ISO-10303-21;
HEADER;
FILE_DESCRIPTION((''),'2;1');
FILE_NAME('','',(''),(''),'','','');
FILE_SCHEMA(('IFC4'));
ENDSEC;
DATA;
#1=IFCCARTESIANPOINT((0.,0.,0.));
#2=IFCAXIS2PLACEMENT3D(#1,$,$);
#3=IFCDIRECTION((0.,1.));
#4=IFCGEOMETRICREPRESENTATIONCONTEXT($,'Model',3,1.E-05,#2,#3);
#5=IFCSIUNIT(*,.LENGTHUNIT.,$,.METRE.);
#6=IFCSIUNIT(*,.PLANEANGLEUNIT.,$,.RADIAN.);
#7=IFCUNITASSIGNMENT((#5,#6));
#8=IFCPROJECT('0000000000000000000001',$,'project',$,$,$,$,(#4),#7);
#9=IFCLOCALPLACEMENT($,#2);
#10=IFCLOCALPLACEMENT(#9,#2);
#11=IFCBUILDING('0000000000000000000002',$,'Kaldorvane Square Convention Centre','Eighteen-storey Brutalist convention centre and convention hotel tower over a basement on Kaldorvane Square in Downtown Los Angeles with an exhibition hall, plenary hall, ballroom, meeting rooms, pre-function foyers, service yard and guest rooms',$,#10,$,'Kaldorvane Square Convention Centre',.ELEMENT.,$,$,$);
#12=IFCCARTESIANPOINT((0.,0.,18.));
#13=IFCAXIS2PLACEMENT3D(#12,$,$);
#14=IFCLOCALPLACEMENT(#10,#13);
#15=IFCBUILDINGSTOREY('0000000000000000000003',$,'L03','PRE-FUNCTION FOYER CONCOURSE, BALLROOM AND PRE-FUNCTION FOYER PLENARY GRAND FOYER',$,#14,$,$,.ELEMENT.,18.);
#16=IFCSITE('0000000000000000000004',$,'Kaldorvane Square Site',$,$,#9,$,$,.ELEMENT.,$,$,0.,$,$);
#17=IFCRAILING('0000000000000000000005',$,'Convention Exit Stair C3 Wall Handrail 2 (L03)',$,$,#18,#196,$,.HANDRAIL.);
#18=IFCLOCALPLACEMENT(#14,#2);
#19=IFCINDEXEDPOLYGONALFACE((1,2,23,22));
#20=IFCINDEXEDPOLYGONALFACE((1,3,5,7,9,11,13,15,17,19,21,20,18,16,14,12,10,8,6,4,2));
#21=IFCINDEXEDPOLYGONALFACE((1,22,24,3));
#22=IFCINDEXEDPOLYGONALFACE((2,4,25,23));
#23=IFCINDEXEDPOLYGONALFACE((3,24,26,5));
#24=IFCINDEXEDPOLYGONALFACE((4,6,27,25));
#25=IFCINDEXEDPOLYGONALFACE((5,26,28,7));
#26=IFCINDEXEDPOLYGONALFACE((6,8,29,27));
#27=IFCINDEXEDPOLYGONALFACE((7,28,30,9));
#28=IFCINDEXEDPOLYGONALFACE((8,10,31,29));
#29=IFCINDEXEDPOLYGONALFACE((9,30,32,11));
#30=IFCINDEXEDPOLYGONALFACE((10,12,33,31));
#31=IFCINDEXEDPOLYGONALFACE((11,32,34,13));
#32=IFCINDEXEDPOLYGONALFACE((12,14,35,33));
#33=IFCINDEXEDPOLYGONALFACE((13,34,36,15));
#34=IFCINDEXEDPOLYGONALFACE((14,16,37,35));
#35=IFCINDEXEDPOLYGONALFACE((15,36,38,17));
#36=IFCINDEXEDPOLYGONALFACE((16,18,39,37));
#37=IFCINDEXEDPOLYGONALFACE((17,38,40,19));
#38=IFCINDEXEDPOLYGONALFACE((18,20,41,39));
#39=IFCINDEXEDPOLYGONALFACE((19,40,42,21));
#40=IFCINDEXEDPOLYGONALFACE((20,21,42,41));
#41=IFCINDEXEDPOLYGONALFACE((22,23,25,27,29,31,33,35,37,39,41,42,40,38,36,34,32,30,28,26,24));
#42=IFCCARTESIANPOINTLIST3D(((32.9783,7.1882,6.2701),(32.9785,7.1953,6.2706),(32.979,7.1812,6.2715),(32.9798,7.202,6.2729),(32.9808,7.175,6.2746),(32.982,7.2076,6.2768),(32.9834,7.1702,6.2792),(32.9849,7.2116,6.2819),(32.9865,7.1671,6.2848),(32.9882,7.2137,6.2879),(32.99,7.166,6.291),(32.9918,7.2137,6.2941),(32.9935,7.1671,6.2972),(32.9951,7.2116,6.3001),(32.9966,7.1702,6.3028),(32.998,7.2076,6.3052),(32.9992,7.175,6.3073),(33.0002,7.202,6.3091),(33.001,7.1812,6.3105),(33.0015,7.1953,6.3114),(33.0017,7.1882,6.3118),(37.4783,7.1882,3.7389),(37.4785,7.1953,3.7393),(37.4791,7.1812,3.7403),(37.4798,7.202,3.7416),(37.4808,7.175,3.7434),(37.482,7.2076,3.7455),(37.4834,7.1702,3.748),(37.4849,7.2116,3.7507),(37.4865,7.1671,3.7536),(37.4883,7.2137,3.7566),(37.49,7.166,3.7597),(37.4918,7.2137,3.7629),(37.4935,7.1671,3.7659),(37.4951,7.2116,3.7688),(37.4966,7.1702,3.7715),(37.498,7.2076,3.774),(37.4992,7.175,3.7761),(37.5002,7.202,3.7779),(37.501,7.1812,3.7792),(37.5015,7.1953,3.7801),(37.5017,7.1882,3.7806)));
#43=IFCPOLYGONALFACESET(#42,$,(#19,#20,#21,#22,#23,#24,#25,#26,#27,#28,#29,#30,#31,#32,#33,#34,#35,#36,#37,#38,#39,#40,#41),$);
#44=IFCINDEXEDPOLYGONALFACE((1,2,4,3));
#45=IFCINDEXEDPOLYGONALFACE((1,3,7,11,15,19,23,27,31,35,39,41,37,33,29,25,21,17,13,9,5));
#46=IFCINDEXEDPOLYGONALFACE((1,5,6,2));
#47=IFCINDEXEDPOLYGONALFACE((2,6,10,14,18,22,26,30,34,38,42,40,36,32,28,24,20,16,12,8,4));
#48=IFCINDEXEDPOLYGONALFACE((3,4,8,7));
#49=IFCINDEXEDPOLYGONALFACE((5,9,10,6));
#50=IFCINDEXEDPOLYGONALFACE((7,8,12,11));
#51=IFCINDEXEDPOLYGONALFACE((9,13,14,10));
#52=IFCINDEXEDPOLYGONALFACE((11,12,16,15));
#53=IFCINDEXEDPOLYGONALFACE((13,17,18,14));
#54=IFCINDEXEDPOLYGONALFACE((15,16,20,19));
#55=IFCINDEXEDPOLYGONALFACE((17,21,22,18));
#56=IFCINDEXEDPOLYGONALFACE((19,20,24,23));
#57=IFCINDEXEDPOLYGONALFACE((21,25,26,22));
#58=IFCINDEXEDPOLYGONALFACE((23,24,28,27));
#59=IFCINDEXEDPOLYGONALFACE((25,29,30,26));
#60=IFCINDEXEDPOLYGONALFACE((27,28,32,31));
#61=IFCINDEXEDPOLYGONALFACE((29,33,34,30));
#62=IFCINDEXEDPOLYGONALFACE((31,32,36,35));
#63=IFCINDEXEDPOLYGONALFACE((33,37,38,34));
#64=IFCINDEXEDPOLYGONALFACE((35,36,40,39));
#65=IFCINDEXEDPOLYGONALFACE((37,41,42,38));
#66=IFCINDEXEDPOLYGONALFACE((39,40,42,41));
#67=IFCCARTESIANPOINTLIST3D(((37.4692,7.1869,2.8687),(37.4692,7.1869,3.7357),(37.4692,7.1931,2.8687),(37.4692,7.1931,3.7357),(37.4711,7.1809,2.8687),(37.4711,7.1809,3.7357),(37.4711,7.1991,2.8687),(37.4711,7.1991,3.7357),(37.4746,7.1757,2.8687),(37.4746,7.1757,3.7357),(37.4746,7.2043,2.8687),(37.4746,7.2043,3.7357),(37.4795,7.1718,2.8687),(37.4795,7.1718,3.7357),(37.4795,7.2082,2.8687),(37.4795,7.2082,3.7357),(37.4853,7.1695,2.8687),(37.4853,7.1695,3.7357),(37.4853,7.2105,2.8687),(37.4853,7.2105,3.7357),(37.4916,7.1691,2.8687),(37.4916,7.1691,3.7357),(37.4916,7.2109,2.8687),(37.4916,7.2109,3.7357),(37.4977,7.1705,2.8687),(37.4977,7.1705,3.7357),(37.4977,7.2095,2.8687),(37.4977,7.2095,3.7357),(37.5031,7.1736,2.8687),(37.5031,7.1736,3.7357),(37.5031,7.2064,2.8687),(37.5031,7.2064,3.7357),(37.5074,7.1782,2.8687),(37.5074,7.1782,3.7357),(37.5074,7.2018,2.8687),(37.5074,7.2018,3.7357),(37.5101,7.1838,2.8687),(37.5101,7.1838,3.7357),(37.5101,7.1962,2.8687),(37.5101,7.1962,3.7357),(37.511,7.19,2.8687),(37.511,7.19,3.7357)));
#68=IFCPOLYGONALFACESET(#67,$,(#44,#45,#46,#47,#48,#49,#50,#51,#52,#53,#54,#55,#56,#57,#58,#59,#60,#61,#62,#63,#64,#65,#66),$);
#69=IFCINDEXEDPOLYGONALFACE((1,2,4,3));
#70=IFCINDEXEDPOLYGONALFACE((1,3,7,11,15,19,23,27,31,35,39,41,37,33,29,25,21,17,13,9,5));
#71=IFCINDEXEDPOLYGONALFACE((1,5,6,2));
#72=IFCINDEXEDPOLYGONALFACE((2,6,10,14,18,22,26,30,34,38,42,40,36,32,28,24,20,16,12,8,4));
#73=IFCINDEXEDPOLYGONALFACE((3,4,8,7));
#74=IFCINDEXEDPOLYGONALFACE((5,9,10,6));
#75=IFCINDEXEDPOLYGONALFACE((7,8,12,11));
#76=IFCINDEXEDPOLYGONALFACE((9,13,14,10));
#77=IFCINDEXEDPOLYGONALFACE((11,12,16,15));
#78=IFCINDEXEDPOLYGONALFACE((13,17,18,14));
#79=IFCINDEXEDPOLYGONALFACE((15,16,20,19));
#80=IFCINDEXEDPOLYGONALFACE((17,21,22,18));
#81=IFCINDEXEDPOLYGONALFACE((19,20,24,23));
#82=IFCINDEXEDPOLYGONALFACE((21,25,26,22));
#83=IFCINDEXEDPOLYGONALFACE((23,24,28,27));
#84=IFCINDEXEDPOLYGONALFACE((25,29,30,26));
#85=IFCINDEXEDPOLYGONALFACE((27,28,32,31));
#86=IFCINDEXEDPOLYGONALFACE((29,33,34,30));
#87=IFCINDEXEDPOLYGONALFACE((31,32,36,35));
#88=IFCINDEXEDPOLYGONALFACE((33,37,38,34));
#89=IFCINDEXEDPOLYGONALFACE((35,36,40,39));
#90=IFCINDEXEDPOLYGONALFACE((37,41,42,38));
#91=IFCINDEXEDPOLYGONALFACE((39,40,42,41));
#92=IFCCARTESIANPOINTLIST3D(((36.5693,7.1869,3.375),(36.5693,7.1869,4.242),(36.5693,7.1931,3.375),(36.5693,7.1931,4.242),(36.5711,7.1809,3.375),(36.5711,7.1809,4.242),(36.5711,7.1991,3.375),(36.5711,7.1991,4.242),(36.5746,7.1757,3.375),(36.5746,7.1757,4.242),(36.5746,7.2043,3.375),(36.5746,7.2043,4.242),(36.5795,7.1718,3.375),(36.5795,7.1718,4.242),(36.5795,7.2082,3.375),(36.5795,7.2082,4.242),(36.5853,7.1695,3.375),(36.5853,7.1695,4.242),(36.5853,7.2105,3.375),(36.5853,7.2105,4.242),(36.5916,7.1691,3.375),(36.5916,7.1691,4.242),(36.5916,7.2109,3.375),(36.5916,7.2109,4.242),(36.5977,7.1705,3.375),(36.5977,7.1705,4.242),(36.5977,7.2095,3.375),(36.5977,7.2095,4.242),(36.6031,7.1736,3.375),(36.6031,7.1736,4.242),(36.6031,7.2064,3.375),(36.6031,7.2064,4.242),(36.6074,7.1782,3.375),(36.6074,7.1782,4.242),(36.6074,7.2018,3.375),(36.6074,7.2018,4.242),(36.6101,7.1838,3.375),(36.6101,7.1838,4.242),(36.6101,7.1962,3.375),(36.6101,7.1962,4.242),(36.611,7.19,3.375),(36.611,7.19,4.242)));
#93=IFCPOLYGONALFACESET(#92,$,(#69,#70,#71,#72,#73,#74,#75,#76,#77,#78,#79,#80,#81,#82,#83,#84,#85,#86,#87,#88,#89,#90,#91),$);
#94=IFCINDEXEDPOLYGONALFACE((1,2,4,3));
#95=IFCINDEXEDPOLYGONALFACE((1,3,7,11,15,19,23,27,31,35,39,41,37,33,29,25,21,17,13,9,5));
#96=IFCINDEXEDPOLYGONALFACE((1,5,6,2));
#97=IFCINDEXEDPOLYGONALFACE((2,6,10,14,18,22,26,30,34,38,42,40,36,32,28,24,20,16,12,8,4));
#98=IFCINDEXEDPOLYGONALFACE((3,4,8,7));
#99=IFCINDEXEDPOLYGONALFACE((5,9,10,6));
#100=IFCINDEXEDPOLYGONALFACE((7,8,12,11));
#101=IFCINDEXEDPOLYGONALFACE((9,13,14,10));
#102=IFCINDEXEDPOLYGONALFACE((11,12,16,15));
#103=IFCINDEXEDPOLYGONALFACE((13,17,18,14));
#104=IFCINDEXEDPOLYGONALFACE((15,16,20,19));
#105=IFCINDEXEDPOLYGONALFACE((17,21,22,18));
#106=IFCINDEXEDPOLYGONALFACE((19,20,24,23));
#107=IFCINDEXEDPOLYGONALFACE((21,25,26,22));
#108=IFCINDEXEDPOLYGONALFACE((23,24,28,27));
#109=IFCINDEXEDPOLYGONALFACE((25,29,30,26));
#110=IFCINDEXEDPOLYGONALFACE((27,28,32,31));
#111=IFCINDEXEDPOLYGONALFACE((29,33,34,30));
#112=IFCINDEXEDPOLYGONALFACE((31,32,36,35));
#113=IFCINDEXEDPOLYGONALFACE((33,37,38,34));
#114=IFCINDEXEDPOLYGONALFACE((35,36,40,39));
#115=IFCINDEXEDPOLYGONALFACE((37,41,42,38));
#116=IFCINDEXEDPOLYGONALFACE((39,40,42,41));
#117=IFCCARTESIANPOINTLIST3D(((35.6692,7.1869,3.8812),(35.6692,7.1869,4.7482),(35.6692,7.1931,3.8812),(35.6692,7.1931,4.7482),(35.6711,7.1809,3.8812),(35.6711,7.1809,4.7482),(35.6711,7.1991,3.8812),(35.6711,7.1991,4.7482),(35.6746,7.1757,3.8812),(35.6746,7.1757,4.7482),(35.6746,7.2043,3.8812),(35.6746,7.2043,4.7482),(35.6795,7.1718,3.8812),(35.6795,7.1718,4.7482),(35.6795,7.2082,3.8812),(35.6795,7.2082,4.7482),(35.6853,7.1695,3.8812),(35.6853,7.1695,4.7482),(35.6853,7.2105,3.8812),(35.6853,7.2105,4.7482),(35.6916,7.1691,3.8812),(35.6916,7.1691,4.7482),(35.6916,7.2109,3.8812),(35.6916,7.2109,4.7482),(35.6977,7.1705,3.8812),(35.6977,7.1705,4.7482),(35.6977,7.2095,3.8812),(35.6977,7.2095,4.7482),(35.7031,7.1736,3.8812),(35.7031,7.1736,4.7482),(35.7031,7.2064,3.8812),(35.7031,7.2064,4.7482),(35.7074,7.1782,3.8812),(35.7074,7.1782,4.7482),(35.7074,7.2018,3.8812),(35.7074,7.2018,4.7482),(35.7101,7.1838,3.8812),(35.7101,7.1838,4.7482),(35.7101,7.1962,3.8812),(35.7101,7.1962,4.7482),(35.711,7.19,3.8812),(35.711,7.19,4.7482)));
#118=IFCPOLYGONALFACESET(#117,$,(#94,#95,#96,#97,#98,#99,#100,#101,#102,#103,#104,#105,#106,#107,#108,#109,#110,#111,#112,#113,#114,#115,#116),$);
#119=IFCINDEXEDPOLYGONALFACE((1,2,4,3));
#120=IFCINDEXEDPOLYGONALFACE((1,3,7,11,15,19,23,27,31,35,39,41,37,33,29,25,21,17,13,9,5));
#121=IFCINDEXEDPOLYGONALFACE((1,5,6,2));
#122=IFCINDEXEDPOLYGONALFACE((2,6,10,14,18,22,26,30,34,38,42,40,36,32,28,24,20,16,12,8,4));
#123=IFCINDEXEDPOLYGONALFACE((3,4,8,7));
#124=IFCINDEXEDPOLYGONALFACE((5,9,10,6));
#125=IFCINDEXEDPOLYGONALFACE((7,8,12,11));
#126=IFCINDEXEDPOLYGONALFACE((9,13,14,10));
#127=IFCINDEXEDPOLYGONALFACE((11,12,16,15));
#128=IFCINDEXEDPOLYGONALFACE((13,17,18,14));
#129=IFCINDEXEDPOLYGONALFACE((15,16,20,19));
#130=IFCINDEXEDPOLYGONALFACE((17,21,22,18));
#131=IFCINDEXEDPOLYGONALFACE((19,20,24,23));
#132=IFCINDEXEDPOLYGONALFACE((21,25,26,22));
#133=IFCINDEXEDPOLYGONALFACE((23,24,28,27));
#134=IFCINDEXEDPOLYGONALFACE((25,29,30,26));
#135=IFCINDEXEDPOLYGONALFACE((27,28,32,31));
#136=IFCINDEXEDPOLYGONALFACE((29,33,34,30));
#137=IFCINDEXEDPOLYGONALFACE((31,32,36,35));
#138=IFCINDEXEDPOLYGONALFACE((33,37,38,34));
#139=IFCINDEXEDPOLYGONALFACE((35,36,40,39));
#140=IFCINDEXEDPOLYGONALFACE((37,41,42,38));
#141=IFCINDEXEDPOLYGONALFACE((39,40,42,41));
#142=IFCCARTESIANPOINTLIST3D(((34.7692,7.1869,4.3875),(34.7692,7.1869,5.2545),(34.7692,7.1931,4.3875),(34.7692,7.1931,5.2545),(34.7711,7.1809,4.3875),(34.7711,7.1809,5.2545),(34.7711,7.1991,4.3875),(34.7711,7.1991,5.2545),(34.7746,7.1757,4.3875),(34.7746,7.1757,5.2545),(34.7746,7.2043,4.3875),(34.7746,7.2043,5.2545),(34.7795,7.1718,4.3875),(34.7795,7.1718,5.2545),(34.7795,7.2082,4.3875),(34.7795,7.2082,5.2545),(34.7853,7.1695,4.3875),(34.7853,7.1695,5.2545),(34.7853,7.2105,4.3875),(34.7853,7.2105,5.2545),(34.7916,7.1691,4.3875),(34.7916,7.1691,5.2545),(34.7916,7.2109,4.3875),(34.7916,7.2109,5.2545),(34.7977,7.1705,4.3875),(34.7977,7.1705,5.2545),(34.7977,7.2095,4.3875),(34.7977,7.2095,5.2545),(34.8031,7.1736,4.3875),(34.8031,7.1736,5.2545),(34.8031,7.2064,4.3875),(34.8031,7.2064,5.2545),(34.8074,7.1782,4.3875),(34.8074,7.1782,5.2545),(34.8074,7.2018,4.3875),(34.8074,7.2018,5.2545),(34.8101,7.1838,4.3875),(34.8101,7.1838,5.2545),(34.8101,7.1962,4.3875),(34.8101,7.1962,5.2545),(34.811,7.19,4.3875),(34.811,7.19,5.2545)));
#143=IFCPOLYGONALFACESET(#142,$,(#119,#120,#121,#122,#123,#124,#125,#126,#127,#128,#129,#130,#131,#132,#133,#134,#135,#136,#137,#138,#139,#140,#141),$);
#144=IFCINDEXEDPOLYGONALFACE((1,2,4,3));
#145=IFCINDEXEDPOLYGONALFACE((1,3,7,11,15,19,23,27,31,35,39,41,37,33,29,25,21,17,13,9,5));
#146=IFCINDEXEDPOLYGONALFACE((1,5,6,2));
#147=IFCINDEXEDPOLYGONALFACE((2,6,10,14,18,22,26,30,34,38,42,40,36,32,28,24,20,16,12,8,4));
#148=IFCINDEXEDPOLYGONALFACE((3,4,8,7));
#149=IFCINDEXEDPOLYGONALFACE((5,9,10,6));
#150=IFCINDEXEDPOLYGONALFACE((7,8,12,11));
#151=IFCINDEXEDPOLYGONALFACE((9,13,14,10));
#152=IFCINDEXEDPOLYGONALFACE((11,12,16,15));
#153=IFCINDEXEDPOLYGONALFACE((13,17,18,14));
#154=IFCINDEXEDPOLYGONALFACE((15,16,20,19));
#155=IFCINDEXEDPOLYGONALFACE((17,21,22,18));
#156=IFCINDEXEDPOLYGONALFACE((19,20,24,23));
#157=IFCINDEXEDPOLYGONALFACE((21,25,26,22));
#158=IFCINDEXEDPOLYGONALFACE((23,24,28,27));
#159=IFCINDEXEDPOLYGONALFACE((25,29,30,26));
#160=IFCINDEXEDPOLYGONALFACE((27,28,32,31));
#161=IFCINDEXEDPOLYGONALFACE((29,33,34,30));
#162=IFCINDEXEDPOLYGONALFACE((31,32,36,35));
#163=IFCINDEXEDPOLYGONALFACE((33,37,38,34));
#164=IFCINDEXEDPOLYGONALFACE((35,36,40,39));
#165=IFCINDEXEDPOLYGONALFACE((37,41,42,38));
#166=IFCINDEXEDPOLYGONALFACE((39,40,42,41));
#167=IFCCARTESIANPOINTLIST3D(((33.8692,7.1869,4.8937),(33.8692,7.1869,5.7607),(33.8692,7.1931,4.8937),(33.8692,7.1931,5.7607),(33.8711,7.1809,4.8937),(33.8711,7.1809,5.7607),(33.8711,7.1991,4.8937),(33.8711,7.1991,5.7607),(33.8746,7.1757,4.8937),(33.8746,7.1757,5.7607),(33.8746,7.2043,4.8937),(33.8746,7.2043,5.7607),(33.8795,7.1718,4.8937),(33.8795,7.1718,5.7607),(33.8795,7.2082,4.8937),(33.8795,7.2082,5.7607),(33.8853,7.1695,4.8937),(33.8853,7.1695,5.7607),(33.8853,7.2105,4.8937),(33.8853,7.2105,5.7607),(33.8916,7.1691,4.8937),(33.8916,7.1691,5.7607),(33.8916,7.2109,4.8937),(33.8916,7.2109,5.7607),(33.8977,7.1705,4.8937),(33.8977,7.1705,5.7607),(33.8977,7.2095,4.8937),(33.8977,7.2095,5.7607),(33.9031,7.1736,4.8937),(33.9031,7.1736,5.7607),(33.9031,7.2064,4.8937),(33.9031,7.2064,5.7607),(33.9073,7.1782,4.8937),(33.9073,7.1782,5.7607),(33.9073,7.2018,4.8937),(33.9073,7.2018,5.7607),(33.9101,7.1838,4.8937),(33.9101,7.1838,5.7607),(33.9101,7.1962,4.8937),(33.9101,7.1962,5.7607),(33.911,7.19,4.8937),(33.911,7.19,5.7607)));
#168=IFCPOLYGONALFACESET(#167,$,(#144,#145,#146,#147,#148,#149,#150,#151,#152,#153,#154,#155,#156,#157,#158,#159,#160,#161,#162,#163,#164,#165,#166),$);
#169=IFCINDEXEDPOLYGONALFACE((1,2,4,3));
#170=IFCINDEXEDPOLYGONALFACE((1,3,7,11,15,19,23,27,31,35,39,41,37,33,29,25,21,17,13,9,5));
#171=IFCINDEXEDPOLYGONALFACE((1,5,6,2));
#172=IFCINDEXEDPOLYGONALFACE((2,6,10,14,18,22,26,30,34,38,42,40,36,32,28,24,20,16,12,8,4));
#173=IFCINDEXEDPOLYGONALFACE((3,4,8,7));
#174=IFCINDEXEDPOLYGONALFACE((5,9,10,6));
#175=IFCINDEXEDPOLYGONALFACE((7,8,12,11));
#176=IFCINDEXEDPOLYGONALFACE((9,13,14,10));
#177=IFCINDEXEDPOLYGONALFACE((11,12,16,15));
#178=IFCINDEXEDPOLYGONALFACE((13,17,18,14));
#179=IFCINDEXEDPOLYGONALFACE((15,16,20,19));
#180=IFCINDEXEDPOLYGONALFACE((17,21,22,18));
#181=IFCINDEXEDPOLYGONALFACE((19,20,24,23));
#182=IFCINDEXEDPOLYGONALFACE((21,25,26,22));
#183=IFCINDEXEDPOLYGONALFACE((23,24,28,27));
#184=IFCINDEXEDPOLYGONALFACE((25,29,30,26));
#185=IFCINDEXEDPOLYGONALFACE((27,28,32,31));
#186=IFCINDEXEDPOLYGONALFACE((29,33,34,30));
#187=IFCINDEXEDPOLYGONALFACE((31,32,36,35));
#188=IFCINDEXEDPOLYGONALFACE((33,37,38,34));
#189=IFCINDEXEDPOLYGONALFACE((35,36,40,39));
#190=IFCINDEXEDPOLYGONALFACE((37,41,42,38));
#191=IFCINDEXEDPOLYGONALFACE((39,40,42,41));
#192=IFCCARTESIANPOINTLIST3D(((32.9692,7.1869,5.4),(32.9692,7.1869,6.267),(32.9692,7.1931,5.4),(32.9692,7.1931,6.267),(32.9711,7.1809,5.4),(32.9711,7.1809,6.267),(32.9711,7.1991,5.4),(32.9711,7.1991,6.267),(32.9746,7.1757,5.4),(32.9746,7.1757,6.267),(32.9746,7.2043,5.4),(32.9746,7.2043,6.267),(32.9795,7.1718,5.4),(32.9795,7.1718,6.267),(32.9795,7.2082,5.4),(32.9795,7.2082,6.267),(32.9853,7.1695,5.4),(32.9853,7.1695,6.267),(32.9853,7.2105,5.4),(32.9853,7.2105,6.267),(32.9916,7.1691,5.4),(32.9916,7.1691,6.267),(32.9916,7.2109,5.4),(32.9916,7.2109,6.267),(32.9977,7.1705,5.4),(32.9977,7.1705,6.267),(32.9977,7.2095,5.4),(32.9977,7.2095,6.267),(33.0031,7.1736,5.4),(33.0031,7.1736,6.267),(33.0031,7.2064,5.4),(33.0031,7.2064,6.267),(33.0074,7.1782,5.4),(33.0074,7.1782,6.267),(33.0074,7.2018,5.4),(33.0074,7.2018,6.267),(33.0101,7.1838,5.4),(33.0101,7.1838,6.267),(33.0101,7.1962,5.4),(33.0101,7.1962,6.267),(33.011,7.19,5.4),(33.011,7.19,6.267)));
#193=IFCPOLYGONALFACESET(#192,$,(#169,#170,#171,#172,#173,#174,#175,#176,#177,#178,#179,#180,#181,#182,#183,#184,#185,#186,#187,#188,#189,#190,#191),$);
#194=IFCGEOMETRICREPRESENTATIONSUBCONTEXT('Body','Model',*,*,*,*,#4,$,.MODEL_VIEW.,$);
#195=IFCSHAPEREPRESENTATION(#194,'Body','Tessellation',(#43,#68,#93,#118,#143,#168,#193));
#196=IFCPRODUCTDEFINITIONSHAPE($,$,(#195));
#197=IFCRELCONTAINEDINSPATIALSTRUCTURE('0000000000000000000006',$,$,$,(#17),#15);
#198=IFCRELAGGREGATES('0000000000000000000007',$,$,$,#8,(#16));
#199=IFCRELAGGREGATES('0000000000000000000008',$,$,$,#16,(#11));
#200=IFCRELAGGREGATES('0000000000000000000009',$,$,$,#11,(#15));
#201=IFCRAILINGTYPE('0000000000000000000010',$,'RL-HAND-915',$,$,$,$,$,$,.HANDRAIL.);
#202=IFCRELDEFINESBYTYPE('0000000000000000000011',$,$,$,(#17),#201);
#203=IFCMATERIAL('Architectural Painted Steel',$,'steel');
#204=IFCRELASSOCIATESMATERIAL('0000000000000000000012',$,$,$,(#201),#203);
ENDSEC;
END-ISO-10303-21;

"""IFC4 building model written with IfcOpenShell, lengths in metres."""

from ifc_helpers import new_model, si_unit, direction, frame, origin, origin_2d, place, context, subcontext, project, spatial, circle, extrude, material, type_object, element, save


model = new_model("IFC4")

# Units and contexts
model_context = context("Model", 3, precision=1e-05, world=origin(), true_north=direction((0.0, 1.0)))
body_context = subcontext(model_context, "Body", "Model", "MODEL_VIEW")
ifc_project = project(units=[si_unit("LENGTHUNIT", "METRE"), si_unit("PLANEANGLEUNIT", "RADIAN")], contexts=[model_context])

# Site, building, storey
site_placement = place(None, origin())
site = spatial("IfcSite", under=ifc_project, at=site_placement, Name="Kaldorvane Square Site", CompositionType="ELEMENT", RefElevation=0.0)
building_placement = place(site_placement, origin())
building = spatial("IfcBuilding", under=site, at=building_placement, Name="Kaldorvane Square Convention Centre", Description="Eighteen-storey Brutalist convention centre and convention hotel tower over a basement on Kaldorvane Square in Downtown Los Angeles with an exhibition hall, plenary hall, ballroom, meeting rooms, pre-function foyers, service yard and guest rooms", LongName="Kaldorvane Square Convention Centre", CompositionType="ELEMENT")
storey_placement = place(building_placement, frame((0.0, 0.0, 18.0)))
storey = spatial("IfcBuildingStorey", under=building, at=storey_placement, Name="L03", Description="PRE-FUNCTION FOYER CONCOURSE, BALLROOM AND PRE-FUNCTION FOYER PLENARY GRAND FOYER", CompositionType="ELEMENT", Elevation=18.0)

# Railing
ifc_material_1 = material(Name="Architectural Painted Steel", Category="steel")
railing_type_1 = type_object("IfcRailingType", Name="RL-HAND-915", PredefinedType="HANDRAIL", material=ifc_material_1)
railing_1_placement = place(storey_placement, frame((37.49, 7.19, 2.8687)))
element("IfcRailing", 1, at=railing_1_placement, inside=storey, type_object=railing_type_1, Name="Convention Exit Stair C3 Wall Handrail 2 (L03)", PredefinedType="HANDRAIL", context=body_context, shape_type="SweptSolid", body=[
    extrude(circle(Radius=0.024, at=origin_2d()), frame((0.0, 0.0, 0.891), z_axis=(-0.871576, 0.0, 0.490261), x_axis=(0.0, -1.0, 0.0)), (0.0, 0.0, 1.0), 5.1631),
    extrude(circle(Radius=0.021, at=origin_2d()), origin(), (0.0, 0.0, 1.0), 0.867),
    extrude(circle(Radius=0.021, at=origin_2d()), frame((-0.9, 0.0, 0.5063)), (0.0, 0.0, 1.0), 0.867),
    extrude(circle(Radius=0.021, at=origin_2d()), frame((-1.8, 0.0, 1.0125)), (0.0, 0.0, 1.0), 0.867),
    extrude(circle(Radius=0.021, at=origin_2d()), frame((-2.7, 0.0, 1.5188)), (0.0, 0.0, 1.0), 0.867),
    extrude(circle(Radius=0.021, at=origin_2d()), frame((-3.6, 0.0, 2.025)), (0.0, 0.0, 1.0), 0.867),
    extrude(circle(Radius=0.021, at=origin_2d()), frame((-4.5, 0.0, 2.5312)), (0.0, 0.0, 1.0), 0.867),
])

save(model, "model.ifc")
